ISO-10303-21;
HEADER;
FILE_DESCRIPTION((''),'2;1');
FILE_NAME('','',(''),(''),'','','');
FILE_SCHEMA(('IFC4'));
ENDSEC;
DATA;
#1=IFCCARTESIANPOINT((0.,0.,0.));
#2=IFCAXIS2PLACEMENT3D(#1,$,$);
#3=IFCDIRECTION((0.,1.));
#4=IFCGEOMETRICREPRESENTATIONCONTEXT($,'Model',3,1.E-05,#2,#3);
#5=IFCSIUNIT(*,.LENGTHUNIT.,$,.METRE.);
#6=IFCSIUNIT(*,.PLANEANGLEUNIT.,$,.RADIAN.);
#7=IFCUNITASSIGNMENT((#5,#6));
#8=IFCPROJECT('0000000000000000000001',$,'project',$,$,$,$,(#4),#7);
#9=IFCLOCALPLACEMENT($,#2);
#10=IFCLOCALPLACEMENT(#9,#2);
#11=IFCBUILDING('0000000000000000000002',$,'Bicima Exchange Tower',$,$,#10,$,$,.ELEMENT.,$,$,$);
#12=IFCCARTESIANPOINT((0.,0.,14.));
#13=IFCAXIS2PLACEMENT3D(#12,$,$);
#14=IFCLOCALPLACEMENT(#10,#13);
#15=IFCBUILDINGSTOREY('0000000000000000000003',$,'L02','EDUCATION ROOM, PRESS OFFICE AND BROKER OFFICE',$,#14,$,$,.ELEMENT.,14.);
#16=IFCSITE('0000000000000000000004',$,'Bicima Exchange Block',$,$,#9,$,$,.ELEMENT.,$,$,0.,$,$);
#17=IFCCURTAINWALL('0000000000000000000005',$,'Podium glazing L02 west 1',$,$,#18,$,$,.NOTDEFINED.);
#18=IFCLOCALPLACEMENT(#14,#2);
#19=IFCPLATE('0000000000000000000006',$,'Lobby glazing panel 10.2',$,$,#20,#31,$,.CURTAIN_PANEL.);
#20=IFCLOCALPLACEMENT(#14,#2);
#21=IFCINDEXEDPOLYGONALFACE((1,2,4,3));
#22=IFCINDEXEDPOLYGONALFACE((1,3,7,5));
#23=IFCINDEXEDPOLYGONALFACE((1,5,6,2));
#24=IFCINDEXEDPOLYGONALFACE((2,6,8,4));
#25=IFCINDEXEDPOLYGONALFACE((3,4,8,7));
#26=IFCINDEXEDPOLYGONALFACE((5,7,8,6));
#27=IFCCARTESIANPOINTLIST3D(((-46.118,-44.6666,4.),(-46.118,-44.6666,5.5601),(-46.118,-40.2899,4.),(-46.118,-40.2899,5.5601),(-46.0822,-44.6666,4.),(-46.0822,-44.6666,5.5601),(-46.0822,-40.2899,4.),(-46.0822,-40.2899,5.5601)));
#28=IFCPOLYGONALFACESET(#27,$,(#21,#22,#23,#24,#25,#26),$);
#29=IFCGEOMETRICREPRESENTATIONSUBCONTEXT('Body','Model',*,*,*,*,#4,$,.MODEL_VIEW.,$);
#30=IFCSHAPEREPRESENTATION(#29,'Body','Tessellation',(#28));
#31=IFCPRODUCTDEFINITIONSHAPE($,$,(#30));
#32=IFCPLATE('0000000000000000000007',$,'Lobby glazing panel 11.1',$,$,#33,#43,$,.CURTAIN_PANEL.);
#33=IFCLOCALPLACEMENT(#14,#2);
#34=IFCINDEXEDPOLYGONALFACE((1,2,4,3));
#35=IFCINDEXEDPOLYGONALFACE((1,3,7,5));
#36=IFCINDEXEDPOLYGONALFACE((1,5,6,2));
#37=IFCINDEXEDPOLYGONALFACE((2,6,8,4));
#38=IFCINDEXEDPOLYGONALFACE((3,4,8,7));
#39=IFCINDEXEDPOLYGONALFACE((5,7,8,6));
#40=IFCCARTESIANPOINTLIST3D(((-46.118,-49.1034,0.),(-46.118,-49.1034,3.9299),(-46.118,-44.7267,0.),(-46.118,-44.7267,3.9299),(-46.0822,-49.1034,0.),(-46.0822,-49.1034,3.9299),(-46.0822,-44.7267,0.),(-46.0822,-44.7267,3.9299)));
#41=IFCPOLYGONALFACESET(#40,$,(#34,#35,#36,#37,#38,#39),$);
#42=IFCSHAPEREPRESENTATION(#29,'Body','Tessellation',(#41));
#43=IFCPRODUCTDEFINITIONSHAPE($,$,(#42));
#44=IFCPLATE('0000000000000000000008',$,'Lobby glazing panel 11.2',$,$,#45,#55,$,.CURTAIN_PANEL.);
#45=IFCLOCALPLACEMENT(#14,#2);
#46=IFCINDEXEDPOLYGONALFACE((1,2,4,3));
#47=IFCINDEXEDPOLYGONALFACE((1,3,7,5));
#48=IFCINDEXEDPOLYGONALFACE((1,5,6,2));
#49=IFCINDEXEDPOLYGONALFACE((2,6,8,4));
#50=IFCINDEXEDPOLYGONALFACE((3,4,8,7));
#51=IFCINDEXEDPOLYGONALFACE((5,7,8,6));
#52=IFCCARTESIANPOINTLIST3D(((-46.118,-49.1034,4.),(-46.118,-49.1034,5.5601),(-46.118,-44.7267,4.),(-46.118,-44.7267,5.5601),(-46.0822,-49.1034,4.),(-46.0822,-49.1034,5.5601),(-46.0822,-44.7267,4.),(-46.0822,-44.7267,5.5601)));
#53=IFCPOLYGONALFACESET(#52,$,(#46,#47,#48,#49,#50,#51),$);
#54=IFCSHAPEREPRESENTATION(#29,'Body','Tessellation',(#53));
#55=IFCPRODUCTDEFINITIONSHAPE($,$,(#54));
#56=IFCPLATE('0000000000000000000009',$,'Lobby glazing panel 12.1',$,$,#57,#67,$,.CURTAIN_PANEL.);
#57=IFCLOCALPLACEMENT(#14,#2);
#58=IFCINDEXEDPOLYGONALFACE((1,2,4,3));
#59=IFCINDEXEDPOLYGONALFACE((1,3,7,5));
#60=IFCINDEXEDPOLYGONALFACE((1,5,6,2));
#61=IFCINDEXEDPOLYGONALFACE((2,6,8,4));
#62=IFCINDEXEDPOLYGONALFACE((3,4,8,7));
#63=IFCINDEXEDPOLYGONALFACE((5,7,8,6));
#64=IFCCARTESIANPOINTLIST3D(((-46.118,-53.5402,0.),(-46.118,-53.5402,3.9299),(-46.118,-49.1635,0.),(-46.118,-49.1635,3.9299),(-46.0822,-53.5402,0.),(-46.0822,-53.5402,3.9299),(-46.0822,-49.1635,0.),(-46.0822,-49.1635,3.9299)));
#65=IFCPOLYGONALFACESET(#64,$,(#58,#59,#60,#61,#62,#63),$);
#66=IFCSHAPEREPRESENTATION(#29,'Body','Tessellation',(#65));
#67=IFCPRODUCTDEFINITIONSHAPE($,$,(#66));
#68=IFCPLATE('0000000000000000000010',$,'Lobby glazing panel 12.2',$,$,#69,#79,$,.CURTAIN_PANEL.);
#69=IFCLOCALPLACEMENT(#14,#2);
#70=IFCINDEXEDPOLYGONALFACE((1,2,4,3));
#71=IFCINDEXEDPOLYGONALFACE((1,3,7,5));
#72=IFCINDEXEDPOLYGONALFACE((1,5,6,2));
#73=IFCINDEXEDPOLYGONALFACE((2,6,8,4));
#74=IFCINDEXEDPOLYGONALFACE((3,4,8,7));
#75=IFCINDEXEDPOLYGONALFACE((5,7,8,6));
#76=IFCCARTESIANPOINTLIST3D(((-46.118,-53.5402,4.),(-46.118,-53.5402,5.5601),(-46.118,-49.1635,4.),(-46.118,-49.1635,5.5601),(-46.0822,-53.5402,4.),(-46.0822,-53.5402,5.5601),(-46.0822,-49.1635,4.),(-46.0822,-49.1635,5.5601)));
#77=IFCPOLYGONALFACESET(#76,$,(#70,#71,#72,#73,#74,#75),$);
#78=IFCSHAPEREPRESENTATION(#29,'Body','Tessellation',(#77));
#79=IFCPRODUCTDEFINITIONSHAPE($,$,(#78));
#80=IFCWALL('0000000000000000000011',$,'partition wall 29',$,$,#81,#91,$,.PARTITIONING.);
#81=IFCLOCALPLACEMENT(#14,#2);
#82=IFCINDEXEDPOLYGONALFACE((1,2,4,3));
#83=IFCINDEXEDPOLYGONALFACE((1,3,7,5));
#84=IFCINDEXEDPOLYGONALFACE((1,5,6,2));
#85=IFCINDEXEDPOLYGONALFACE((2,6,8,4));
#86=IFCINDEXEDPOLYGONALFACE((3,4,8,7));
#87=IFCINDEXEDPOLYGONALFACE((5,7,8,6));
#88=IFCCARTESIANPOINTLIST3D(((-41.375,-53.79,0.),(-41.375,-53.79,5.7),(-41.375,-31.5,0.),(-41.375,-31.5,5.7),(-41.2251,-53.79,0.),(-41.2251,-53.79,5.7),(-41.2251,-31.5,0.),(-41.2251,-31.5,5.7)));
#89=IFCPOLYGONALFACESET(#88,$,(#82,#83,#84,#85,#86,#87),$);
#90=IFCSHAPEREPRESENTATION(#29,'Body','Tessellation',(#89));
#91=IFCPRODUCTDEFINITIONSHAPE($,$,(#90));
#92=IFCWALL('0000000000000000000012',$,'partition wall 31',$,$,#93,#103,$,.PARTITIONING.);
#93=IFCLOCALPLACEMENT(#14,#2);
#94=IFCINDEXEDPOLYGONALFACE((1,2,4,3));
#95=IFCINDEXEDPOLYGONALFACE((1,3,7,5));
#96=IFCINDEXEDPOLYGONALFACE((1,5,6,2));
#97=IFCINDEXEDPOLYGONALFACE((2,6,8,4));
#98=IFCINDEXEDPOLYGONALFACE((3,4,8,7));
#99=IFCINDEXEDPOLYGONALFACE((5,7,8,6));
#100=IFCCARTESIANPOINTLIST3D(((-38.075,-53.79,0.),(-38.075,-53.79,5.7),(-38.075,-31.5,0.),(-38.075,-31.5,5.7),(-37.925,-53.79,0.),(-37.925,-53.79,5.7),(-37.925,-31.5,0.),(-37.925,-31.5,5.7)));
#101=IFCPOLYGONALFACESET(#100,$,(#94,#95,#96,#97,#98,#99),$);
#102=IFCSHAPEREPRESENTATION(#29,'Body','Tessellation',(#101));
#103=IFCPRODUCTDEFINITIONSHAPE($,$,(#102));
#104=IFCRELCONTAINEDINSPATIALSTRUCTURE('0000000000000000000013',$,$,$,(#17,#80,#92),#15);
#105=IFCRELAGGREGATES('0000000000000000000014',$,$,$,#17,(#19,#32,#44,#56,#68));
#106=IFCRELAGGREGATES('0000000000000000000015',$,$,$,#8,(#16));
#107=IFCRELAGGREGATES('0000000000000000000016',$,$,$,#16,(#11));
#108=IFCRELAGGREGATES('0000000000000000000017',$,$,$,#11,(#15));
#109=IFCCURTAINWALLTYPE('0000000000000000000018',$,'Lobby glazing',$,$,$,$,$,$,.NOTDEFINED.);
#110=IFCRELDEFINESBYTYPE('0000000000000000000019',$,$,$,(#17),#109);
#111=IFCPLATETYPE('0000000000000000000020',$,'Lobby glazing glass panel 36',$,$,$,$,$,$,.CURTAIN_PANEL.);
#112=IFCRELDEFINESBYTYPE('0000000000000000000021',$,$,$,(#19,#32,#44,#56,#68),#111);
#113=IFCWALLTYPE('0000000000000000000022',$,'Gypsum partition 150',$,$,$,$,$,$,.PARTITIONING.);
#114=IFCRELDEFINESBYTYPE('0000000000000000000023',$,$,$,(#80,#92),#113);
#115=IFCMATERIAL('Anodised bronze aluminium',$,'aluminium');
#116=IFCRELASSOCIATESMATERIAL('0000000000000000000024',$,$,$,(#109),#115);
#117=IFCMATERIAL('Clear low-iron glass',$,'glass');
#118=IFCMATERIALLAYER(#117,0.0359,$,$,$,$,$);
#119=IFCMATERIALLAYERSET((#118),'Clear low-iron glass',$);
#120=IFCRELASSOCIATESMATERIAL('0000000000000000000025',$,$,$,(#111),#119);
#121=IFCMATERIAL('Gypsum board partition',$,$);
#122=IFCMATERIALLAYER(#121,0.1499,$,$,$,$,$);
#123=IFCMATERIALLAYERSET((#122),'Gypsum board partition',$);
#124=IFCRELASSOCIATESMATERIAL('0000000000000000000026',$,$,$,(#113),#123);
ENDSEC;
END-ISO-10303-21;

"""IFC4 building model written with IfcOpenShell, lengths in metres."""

from ifc_helpers import new_model, si_unit, direction, frame, frame_2d, origin, origin_2d, place, context, subcontext, project, spatial, rectangle, extrude, material, layer, layer_set, type_object, element, aggregate, save


model = new_model("IFC4")

# Units and contexts
model_context = context("Model", 3, precision=1e-05, world=origin(), true_north=direction((0.0, 1.0)))
body_context = subcontext(model_context, "Body", "Model", "MODEL_VIEW")
ifc_project = project(units=[si_unit("LENGTHUNIT", "METRE"), si_unit("PLANEANGLEUNIT", "RADIAN")], contexts=[model_context])

# Site, building, storey
site_placement = place(None, origin())
site = spatial("IfcSite", under=ifc_project, at=site_placement, Name="Bicima Exchange Block", CompositionType="ELEMENT", RefElevation=0.0)
building_placement = place(site_placement, origin())
building = spatial("IfcBuilding", under=site, at=building_placement, Name="Bicima Exchange Tower", CompositionType="ELEMENT")
storey_placement = place(building_placement, frame((0.0, 0.0, 14.0)))
storey = spatial("IfcBuildingStorey", under=building, at=storey_placement, Name="L02", Description="EDUCATION ROOM, PRESS OFFICE AND BROKER OFFICE", CompositionType="ELEMENT", Elevation=14.0)

# Curtain wall
ifc_material_1 = material(Name="Anodised bronze aluminium", Category="aluminium")
curtain_wall_type_1 = type_object("IfcCurtainWallType", Name="Lobby glazing", PredefinedType="NOTDEFINED", material=ifc_material_1)
curtain_wall_1_placement = place(storey_placement, origin())
curtain_wall_1 = element("IfcCurtainWall", 1, at=curtain_wall_1_placement, inside=storey, type_object=curtain_wall_type_1, Name="Podium glazing L02 west 1", PredefinedType="NOTDEFINED")

# Plates
ifc_material_2 = material(Name="Clear low-iron glass", Category="glass")
ifc_layer_1 = layer(ifc_material_2, 0.0359)
ifc_layer_set_1 = layer_set([ifc_layer_1], Name="Clear low-iron glass")
plate_type_1 = type_object("IfcPlateType", Name="Lobby glazing glass panel 36", PredefinedType="CURTAIN_PANEL", material=ifc_layer_set_1)
plate_1_placement = place(storey_placement, frame((-46.1001, -42.4783, 4.0), z_axis=(0.0, 0.0, 1.0), x_axis=(0.0, -1.0, 0.0)))
plate_1 = element("IfcPlate", 2, at=plate_1_placement, type_object=plate_type_1, Name="Lobby glazing panel 10.2", PredefinedType="CURTAIN_PANEL", context=body_context, shape_type="SweptSolid", body=[
    extrude(rectangle(XDim=4.3767, YDim=0.0359, at=origin_2d()), origin(), (0.0, 0.0, 1.0), 1.5601),
])
plate_2_placement = place(storey_placement, frame((-46.1001, -46.915, 0.0), z_axis=(0.0, 0.0, 1.0), x_axis=(0.0, -1.0, 0.0)))
plate_2 = element("IfcPlate", 3, at=plate_2_placement, type_object=plate_type_1, Name="Lobby glazing panel 11.1", PredefinedType="CURTAIN_PANEL", context=body_context, shape_type="SweptSolid", body=[
    extrude(rectangle(XDim=4.3767, YDim=0.0359, at=origin_2d()), origin(), (0.0, 0.0, 1.0), 3.9299),
])
plate_3_placement = place(storey_placement, frame((-46.1001, -46.915, 4.0), z_axis=(0.0, 0.0, 1.0), x_axis=(0.0, -1.0, 0.0)))
plate_3 = element("IfcPlate", 4, at=plate_3_placement, type_object=plate_type_1, Name="Lobby glazing panel 11.2", PredefinedType="CURTAIN_PANEL", context=body_context, shape_type="SweptSolid", body=[
    extrude(rectangle(XDim=4.3767, YDim=0.0359, at=origin_2d()), origin(), (0.0, 0.0, 1.0), 1.5601),
])
plate_4_placement = place(storey_placement, frame((-46.1001, -51.3518, 0.0), z_axis=(0.0, 0.0, 1.0), x_axis=(0.0, -1.0, 0.0)))
plate_4 = element("IfcPlate", 5, at=plate_4_placement, type_object=plate_type_1, Name="Lobby glazing panel 12.1", PredefinedType="CURTAIN_PANEL", context=body_context, shape_type="SweptSolid", body=[
    extrude(rectangle(XDim=4.3767, YDim=0.0359, at=origin_2d()), origin(), (0.0, 0.0, 1.0), 3.9299),
])
plate_5_placement = place(storey_placement, frame((-46.1001, -51.3518, 4.0), z_axis=(0.0, 0.0, 1.0), x_axis=(0.0, -1.0, 0.0)))
plate_5 = element("IfcPlate", 6, at=plate_5_placement, type_object=plate_type_1, Name="Lobby glazing panel 12.2", PredefinedType="CURTAIN_PANEL", context=body_context, shape_type="SweptSolid", body=[
    extrude(rectangle(XDim=4.3767, YDim=0.0359, at=origin_2d()), origin(), (0.0, 0.0, 1.0), 1.5601),
])
aggregate(curtain_wall_1, [plate_1, plate_2, plate_3, plate_4, plate_5])

# Walls
ifc_material_3 = material(Name="Gypsum board partition")
ifc_layer_2 = layer(ifc_material_3, 0.1499)
ifc_layer_set_2 = layer_set([ifc_layer_2], Name="Gypsum board partition")
wall_type = type_object("IfcWallType", Name="Gypsum partition 150", PredefinedType="PARTITIONING", material=ifc_layer_set_2)
for number, where, z_axis, x_axis, name in (
    (7, (-41.3, -53.79, 0.0), (0.0, 0.0, 1.0), (0.0, 1.0, 0.0), "partition wall 29"),
    (8, (-38.0, -53.79, 0.0), (0.0, 0.0, 1.0), (0.0, 1.0, 0.0), "partition wall 31"),
):
    element("IfcWall", number, at=place(storey_placement, frame(where, z_axis=z_axis, x_axis=x_axis)), inside=storey, type_object=wall_type, Name=name, PredefinedType="PARTITIONING", context=body_context, shape_type="SweptSolid", body=[
        extrude(rectangle(XDim=22.29, YDim=0.1499, at=frame_2d((11.145, 0.0))), origin(), (0.0, 0.0, 1.0), 5.7),
    ])

save(model, "model.ifc")
